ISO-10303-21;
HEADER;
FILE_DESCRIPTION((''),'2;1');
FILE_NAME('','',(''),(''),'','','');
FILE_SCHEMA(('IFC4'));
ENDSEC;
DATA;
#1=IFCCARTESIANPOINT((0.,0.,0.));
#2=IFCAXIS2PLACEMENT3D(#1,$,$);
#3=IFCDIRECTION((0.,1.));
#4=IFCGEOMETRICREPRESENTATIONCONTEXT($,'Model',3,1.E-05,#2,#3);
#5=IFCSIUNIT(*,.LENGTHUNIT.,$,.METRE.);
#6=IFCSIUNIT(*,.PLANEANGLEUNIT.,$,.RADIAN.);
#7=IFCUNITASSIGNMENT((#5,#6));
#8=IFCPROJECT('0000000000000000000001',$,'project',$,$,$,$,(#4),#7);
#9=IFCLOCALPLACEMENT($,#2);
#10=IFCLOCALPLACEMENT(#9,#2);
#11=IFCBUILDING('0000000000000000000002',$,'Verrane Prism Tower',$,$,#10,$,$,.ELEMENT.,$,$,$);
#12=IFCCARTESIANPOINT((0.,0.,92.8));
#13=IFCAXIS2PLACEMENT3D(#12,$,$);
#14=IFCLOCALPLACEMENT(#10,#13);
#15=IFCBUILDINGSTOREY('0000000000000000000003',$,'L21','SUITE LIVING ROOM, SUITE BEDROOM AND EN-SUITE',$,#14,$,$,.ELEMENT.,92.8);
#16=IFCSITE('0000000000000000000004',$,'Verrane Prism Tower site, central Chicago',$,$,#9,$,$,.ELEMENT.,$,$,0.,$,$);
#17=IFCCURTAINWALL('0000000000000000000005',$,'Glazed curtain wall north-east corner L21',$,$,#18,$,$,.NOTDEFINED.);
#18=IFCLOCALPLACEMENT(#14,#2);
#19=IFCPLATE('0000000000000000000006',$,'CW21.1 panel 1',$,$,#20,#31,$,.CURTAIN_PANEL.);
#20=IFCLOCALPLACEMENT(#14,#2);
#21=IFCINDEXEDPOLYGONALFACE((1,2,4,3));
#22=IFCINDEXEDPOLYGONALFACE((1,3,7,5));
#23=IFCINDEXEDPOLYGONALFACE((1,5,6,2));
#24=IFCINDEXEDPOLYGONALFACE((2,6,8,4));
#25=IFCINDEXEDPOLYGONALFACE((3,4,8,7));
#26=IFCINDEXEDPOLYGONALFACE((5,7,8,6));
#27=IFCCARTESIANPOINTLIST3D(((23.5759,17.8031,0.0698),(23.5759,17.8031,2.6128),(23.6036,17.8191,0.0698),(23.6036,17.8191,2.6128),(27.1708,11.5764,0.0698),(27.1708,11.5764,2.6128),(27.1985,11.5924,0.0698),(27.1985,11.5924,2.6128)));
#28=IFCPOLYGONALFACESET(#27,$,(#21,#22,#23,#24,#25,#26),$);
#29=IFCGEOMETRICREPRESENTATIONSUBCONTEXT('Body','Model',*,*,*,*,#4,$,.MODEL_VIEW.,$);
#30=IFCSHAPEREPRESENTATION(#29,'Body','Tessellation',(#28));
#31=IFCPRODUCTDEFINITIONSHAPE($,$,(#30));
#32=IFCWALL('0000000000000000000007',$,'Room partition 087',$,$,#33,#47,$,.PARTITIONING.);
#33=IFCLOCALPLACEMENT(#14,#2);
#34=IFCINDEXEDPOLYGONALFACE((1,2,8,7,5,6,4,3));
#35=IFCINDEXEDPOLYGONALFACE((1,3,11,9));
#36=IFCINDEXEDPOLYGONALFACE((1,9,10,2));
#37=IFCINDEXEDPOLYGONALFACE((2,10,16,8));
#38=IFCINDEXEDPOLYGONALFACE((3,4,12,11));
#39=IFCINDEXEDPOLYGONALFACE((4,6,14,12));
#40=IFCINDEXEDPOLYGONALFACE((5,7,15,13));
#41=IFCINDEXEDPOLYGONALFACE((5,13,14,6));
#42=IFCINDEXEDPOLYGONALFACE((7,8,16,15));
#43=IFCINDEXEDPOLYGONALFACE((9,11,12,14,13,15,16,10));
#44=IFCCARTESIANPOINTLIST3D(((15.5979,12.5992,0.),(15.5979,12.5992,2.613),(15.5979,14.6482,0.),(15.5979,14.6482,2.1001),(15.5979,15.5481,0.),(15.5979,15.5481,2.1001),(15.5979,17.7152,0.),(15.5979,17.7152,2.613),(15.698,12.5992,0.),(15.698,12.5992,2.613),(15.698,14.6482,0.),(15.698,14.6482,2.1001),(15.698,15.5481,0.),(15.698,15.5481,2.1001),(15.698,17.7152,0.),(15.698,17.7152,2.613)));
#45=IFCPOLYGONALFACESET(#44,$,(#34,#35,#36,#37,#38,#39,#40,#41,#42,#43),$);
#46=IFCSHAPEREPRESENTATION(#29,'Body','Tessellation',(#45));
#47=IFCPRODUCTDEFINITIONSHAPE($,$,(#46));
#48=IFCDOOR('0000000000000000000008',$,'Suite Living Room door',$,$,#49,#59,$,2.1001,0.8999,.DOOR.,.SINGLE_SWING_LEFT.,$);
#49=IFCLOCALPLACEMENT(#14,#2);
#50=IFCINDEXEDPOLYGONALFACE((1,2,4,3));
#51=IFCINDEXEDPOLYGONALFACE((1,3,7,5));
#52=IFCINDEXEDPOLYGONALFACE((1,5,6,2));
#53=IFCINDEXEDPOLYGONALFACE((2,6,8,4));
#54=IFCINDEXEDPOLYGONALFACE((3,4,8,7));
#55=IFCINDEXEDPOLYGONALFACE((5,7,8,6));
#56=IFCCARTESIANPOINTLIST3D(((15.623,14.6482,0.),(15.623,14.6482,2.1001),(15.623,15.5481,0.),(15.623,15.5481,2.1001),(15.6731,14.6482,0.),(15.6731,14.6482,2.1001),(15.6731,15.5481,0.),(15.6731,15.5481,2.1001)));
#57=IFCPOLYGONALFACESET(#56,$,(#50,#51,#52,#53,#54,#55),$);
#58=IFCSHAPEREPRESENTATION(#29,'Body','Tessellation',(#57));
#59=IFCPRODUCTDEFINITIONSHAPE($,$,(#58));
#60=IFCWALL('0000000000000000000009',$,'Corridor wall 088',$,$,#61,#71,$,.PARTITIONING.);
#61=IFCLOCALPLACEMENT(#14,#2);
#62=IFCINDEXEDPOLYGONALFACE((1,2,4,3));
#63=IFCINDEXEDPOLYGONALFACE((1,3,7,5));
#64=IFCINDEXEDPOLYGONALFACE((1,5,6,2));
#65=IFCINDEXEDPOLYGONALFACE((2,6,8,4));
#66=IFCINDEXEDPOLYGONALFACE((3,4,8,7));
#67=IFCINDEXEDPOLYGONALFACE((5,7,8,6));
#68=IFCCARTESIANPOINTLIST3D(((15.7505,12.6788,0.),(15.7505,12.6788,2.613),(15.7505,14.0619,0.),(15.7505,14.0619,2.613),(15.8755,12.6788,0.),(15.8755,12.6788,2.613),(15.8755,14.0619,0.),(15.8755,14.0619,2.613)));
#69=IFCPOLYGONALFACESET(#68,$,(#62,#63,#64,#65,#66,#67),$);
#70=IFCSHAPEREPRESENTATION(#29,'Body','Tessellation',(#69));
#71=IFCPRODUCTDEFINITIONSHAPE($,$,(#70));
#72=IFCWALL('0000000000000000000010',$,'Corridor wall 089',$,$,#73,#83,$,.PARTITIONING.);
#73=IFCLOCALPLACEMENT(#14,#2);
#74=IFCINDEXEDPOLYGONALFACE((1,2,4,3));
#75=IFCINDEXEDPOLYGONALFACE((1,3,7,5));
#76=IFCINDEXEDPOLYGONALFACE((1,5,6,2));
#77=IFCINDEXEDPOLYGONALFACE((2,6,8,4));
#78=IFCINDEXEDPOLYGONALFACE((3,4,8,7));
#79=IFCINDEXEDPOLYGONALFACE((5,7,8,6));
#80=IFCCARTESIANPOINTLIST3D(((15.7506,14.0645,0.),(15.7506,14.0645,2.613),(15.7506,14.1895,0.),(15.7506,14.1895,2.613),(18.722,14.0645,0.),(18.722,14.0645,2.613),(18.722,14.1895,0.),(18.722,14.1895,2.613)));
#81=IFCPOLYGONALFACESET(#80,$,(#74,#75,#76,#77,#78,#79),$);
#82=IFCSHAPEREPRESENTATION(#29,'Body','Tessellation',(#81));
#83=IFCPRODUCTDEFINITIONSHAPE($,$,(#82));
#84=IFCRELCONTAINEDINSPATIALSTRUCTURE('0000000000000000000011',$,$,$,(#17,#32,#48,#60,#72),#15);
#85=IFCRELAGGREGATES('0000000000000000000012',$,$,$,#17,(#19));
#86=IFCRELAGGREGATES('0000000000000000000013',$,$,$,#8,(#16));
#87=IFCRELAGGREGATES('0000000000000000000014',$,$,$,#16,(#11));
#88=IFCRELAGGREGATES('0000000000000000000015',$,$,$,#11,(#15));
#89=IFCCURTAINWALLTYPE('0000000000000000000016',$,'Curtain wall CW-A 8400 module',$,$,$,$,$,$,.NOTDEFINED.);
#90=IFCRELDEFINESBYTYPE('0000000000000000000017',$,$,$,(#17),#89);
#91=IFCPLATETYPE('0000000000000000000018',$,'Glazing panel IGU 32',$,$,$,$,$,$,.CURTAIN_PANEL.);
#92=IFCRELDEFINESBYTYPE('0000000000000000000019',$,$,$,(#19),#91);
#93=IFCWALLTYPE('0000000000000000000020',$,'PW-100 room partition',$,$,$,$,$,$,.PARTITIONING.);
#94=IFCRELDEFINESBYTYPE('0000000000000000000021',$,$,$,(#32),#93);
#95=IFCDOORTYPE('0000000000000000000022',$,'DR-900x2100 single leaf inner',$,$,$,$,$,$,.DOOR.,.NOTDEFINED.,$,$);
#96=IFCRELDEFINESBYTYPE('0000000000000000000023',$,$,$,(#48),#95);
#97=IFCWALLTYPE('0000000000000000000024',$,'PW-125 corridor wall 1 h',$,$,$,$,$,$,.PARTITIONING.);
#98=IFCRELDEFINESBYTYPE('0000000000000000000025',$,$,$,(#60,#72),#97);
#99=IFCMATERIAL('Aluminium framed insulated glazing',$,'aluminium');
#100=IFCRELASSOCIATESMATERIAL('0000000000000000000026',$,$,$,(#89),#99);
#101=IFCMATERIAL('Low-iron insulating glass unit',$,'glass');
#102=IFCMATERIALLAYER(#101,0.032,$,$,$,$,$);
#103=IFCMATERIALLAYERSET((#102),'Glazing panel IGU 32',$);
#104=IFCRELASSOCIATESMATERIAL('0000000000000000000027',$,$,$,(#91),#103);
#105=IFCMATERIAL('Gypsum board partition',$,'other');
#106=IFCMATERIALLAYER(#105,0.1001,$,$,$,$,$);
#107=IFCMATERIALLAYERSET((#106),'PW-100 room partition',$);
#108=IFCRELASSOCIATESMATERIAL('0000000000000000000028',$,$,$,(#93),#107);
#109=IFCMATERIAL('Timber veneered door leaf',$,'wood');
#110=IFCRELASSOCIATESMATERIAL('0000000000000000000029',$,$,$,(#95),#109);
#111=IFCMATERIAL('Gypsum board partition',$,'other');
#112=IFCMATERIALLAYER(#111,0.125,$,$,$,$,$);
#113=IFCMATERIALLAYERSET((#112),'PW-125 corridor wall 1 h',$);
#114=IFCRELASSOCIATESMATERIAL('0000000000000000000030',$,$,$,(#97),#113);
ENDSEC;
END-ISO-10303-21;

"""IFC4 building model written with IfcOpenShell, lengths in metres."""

from ifc_helpers import new_model, si_unit, direction, frame, frame_2d, origin, origin_2d, place, context, subcontext, project, spatial, rectangle, extrude, material, layer, layer_set, type_object, element, fill, aggregate, save


model = new_model("IFC4")

# Units and contexts
model_context = context("Model", 3, precision=1e-05, world=origin(), true_north=direction((0.0, 1.0)))
body_context = subcontext(model_context, "Body", "Model", "MODEL_VIEW")
ifc_project = project(units=[si_unit("LENGTHUNIT", "METRE"), si_unit("PLANEANGLEUNIT", "RADIAN")], contexts=[model_context])

# Site, building, storey
site_placement = place(None, origin())
site = spatial("IfcSite", under=ifc_project, at=site_placement, Name="Verrane Prism Tower site, central Chicago", CompositionType="ELEMENT", RefElevation=0.0)
building_placement = place(site_placement, origin())
building = spatial("IfcBuilding", under=site, at=building_placement, Name="Verrane Prism Tower", CompositionType="ELEMENT")
storey_placement = place(building_placement, frame((0.0, 0.0, 92.8)))
storey = spatial("IfcBuildingStorey", under=building, at=storey_placement, Name="L21", Description="SUITE LIVING ROOM, SUITE BEDROOM AND EN-SUITE", CompositionType="ELEMENT", Elevation=92.8)

# Curtain wall
ifc_material_1 = material(Name="Aluminium framed insulated glazing", Category="aluminium")
curtain_wall_type_1 = type_object("IfcCurtainWallType", Name="Curtain wall CW-A 8400 module", PredefinedType="NOTDEFINED", material=ifc_material_1)
curtain_wall_1_placement = place(storey_placement, origin())
curtain_wall_1 = element("IfcCurtainWall", 1, at=curtain_wall_1_placement, inside=storey, type_object=curtain_wall_type_1, Name="Glazed curtain wall north-east corner L21", PredefinedType="NOTDEFINED")

# Plate
ifc_material_2 = material(Name="Low-iron insulating glass unit", Category="glass")
ifc_layer_1 = layer(ifc_material_2, 0.032)
ifc_layer_set_1 = layer_set([ifc_layer_1], Name="Glazing panel IGU 32")
plate_type_1 = type_object("IfcPlateType", Name="Glazing panel IGU 32", PredefinedType="CURTAIN_PANEL", material=ifc_layer_set_1)
plate_1_placement = place(storey_placement, frame((25.3872, 14.6978, 0.0698), z_axis=(0.0, 0.0, 1.0), x_axis=(-0.499998, 0.866026, 0.0)))
plate_1 = element("IfcPlate", 2, at=plate_1_placement, type_object=plate_type_1, Name="CW21.1 panel 1", PredefinedType="CURTAIN_PANEL", context=body_context, shape_type="SweptSolid", body=[
    extrude(rectangle(XDim=7.1899, YDim=0.032, at=origin_2d()), origin(), (0.0, 0.0, 1.0), 2.543),
])
aggregate(curtain_wall_1, [plate_1])

# Wall, opening, door
ifc_material_3 = material(Name="Gypsum board partition", Category="other")
ifc_layer_2 = layer(ifc_material_3, 0.1001)
ifc_layer_set_2 = layer_set([ifc_layer_2], Name="PW-100 room partition")
wall_type_1 = type_object("IfcWallType", Name="PW-100 room partition", PredefinedType="PARTITIONING", material=ifc_layer_set_2)
wall_1_placement = place(storey_placement, frame((15.6479, 12.5991, 0.0), z_axis=(0.0, 0.0, 1.0), x_axis=(0.0, 1.0, 0.0)))
wall_1 = element("IfcWall", 3, at=wall_1_placement, inside=storey, type_object=wall_type_1, Name="Room partition 087", PredefinedType="PARTITIONING", context=body_context, shape_type="SweptSolid", body=[
    extrude(rectangle(XDim=5.116, YDim=0.1001, at=frame_2d((2.5581, 0.0))), origin(), (0.0, 0.0, 1.0), 2.613),
])
opening_placement = place(wall_1_placement, frame((2.0491, 0.0, 0.0)))
opening = element("IfcOpeningElement", 4, at=opening_placement, cuts=wall_1, PredefinedType="OPENING", context=body_context, shape_type="SweptSolid", body=[
    extrude(rectangle(XDim=0.8999, YDim=2.1001, at=frame_2d((0.45, 1.05))), frame((0.0, 0.0601, 0.0), z_axis=(0.0, -1.0, 0.0), x_axis=(1.0, 0.0, 0.0)), (0.0, 0.0, 1.0), 0.1201),
])
ifc_material_4 = material(Name="Timber veneered door leaf", Category="wood")
door_type = type_object("IfcDoorType", Name="DR-900x2100 single leaf inner", OperationType="NOTDEFINED", PredefinedType="DOOR", material=ifc_material_4)
door_placement = place(opening_placement, origin())
door = element("IfcDoor", 5, at=door_placement, inside=storey, type_object=door_type, Name="Suite Living Room door", OperationType="SINGLE_SWING_LEFT", OverallHeight=2.1001, OverallWidth=0.8999, PredefinedType="DOOR", context=body_context, shape_type="SweptSolid", body=[
    extrude(rectangle(XDim=0.8999, YDim=2.1001, at=frame_2d((0.45, 1.05))), frame((0.0, 0.0249, 0.0), z_axis=(0.0, -1.0, 0.0), x_axis=(1.0, 0.0, 0.0)), (0.0, 0.0, 1.0), 0.05),
])
fill(opening, door)

# Walls
ifc_material_5 = material(Name="Gypsum board partition", Category="other")
ifc_layer_3 = layer(ifc_material_5, 0.125)
ifc_layer_set_3 = layer_set([ifc_layer_3], Name="PW-125 corridor wall 1 h")
wall_type_2 = type_object("IfcWallType", Name="PW-125 corridor wall 1 h", PredefinedType="PARTITIONING", material=ifc_layer_set_3)
wall_2_placement = place(storey_placement, frame((15.813, 12.679, 0.0), z_axis=(0.0, 0.0, 1.0), x_axis=(0.0, 1.0, 0.0)))
element("IfcWall", 6, at=wall_2_placement, inside=storey, type_object=wall_type_2, Name="Corridor wall 088", PredefinedType="PARTITIONING", context=body_context, shape_type="SweptSolid", body=[
    extrude(rectangle(XDim=1.3831, YDim=0.125, at=frame_2d((0.6914, 0.0))), origin(), (0.0, 0.0, 1.0), 2.613),
])
wall_3_placement = place(storey_placement, frame((15.7505, 14.127, 0.0), z_axis=(0.0, 0.0, 1.0), x_axis=(1.0, 0.0, 0.0)))
element("IfcWall", 7, at=wall_3_placement, inside=storey, type_object=wall_type_2, Name="Corridor wall 089", PredefinedType="PARTITIONING", context=body_context, shape_type="SweptSolid", body=[
    extrude(rectangle(XDim=2.9714, YDim=0.125, at=frame_2d((1.4858, 0.0))), origin(), (0.0, 0.0, 1.0), 2.613),
])

save(model, "model.ifc")
